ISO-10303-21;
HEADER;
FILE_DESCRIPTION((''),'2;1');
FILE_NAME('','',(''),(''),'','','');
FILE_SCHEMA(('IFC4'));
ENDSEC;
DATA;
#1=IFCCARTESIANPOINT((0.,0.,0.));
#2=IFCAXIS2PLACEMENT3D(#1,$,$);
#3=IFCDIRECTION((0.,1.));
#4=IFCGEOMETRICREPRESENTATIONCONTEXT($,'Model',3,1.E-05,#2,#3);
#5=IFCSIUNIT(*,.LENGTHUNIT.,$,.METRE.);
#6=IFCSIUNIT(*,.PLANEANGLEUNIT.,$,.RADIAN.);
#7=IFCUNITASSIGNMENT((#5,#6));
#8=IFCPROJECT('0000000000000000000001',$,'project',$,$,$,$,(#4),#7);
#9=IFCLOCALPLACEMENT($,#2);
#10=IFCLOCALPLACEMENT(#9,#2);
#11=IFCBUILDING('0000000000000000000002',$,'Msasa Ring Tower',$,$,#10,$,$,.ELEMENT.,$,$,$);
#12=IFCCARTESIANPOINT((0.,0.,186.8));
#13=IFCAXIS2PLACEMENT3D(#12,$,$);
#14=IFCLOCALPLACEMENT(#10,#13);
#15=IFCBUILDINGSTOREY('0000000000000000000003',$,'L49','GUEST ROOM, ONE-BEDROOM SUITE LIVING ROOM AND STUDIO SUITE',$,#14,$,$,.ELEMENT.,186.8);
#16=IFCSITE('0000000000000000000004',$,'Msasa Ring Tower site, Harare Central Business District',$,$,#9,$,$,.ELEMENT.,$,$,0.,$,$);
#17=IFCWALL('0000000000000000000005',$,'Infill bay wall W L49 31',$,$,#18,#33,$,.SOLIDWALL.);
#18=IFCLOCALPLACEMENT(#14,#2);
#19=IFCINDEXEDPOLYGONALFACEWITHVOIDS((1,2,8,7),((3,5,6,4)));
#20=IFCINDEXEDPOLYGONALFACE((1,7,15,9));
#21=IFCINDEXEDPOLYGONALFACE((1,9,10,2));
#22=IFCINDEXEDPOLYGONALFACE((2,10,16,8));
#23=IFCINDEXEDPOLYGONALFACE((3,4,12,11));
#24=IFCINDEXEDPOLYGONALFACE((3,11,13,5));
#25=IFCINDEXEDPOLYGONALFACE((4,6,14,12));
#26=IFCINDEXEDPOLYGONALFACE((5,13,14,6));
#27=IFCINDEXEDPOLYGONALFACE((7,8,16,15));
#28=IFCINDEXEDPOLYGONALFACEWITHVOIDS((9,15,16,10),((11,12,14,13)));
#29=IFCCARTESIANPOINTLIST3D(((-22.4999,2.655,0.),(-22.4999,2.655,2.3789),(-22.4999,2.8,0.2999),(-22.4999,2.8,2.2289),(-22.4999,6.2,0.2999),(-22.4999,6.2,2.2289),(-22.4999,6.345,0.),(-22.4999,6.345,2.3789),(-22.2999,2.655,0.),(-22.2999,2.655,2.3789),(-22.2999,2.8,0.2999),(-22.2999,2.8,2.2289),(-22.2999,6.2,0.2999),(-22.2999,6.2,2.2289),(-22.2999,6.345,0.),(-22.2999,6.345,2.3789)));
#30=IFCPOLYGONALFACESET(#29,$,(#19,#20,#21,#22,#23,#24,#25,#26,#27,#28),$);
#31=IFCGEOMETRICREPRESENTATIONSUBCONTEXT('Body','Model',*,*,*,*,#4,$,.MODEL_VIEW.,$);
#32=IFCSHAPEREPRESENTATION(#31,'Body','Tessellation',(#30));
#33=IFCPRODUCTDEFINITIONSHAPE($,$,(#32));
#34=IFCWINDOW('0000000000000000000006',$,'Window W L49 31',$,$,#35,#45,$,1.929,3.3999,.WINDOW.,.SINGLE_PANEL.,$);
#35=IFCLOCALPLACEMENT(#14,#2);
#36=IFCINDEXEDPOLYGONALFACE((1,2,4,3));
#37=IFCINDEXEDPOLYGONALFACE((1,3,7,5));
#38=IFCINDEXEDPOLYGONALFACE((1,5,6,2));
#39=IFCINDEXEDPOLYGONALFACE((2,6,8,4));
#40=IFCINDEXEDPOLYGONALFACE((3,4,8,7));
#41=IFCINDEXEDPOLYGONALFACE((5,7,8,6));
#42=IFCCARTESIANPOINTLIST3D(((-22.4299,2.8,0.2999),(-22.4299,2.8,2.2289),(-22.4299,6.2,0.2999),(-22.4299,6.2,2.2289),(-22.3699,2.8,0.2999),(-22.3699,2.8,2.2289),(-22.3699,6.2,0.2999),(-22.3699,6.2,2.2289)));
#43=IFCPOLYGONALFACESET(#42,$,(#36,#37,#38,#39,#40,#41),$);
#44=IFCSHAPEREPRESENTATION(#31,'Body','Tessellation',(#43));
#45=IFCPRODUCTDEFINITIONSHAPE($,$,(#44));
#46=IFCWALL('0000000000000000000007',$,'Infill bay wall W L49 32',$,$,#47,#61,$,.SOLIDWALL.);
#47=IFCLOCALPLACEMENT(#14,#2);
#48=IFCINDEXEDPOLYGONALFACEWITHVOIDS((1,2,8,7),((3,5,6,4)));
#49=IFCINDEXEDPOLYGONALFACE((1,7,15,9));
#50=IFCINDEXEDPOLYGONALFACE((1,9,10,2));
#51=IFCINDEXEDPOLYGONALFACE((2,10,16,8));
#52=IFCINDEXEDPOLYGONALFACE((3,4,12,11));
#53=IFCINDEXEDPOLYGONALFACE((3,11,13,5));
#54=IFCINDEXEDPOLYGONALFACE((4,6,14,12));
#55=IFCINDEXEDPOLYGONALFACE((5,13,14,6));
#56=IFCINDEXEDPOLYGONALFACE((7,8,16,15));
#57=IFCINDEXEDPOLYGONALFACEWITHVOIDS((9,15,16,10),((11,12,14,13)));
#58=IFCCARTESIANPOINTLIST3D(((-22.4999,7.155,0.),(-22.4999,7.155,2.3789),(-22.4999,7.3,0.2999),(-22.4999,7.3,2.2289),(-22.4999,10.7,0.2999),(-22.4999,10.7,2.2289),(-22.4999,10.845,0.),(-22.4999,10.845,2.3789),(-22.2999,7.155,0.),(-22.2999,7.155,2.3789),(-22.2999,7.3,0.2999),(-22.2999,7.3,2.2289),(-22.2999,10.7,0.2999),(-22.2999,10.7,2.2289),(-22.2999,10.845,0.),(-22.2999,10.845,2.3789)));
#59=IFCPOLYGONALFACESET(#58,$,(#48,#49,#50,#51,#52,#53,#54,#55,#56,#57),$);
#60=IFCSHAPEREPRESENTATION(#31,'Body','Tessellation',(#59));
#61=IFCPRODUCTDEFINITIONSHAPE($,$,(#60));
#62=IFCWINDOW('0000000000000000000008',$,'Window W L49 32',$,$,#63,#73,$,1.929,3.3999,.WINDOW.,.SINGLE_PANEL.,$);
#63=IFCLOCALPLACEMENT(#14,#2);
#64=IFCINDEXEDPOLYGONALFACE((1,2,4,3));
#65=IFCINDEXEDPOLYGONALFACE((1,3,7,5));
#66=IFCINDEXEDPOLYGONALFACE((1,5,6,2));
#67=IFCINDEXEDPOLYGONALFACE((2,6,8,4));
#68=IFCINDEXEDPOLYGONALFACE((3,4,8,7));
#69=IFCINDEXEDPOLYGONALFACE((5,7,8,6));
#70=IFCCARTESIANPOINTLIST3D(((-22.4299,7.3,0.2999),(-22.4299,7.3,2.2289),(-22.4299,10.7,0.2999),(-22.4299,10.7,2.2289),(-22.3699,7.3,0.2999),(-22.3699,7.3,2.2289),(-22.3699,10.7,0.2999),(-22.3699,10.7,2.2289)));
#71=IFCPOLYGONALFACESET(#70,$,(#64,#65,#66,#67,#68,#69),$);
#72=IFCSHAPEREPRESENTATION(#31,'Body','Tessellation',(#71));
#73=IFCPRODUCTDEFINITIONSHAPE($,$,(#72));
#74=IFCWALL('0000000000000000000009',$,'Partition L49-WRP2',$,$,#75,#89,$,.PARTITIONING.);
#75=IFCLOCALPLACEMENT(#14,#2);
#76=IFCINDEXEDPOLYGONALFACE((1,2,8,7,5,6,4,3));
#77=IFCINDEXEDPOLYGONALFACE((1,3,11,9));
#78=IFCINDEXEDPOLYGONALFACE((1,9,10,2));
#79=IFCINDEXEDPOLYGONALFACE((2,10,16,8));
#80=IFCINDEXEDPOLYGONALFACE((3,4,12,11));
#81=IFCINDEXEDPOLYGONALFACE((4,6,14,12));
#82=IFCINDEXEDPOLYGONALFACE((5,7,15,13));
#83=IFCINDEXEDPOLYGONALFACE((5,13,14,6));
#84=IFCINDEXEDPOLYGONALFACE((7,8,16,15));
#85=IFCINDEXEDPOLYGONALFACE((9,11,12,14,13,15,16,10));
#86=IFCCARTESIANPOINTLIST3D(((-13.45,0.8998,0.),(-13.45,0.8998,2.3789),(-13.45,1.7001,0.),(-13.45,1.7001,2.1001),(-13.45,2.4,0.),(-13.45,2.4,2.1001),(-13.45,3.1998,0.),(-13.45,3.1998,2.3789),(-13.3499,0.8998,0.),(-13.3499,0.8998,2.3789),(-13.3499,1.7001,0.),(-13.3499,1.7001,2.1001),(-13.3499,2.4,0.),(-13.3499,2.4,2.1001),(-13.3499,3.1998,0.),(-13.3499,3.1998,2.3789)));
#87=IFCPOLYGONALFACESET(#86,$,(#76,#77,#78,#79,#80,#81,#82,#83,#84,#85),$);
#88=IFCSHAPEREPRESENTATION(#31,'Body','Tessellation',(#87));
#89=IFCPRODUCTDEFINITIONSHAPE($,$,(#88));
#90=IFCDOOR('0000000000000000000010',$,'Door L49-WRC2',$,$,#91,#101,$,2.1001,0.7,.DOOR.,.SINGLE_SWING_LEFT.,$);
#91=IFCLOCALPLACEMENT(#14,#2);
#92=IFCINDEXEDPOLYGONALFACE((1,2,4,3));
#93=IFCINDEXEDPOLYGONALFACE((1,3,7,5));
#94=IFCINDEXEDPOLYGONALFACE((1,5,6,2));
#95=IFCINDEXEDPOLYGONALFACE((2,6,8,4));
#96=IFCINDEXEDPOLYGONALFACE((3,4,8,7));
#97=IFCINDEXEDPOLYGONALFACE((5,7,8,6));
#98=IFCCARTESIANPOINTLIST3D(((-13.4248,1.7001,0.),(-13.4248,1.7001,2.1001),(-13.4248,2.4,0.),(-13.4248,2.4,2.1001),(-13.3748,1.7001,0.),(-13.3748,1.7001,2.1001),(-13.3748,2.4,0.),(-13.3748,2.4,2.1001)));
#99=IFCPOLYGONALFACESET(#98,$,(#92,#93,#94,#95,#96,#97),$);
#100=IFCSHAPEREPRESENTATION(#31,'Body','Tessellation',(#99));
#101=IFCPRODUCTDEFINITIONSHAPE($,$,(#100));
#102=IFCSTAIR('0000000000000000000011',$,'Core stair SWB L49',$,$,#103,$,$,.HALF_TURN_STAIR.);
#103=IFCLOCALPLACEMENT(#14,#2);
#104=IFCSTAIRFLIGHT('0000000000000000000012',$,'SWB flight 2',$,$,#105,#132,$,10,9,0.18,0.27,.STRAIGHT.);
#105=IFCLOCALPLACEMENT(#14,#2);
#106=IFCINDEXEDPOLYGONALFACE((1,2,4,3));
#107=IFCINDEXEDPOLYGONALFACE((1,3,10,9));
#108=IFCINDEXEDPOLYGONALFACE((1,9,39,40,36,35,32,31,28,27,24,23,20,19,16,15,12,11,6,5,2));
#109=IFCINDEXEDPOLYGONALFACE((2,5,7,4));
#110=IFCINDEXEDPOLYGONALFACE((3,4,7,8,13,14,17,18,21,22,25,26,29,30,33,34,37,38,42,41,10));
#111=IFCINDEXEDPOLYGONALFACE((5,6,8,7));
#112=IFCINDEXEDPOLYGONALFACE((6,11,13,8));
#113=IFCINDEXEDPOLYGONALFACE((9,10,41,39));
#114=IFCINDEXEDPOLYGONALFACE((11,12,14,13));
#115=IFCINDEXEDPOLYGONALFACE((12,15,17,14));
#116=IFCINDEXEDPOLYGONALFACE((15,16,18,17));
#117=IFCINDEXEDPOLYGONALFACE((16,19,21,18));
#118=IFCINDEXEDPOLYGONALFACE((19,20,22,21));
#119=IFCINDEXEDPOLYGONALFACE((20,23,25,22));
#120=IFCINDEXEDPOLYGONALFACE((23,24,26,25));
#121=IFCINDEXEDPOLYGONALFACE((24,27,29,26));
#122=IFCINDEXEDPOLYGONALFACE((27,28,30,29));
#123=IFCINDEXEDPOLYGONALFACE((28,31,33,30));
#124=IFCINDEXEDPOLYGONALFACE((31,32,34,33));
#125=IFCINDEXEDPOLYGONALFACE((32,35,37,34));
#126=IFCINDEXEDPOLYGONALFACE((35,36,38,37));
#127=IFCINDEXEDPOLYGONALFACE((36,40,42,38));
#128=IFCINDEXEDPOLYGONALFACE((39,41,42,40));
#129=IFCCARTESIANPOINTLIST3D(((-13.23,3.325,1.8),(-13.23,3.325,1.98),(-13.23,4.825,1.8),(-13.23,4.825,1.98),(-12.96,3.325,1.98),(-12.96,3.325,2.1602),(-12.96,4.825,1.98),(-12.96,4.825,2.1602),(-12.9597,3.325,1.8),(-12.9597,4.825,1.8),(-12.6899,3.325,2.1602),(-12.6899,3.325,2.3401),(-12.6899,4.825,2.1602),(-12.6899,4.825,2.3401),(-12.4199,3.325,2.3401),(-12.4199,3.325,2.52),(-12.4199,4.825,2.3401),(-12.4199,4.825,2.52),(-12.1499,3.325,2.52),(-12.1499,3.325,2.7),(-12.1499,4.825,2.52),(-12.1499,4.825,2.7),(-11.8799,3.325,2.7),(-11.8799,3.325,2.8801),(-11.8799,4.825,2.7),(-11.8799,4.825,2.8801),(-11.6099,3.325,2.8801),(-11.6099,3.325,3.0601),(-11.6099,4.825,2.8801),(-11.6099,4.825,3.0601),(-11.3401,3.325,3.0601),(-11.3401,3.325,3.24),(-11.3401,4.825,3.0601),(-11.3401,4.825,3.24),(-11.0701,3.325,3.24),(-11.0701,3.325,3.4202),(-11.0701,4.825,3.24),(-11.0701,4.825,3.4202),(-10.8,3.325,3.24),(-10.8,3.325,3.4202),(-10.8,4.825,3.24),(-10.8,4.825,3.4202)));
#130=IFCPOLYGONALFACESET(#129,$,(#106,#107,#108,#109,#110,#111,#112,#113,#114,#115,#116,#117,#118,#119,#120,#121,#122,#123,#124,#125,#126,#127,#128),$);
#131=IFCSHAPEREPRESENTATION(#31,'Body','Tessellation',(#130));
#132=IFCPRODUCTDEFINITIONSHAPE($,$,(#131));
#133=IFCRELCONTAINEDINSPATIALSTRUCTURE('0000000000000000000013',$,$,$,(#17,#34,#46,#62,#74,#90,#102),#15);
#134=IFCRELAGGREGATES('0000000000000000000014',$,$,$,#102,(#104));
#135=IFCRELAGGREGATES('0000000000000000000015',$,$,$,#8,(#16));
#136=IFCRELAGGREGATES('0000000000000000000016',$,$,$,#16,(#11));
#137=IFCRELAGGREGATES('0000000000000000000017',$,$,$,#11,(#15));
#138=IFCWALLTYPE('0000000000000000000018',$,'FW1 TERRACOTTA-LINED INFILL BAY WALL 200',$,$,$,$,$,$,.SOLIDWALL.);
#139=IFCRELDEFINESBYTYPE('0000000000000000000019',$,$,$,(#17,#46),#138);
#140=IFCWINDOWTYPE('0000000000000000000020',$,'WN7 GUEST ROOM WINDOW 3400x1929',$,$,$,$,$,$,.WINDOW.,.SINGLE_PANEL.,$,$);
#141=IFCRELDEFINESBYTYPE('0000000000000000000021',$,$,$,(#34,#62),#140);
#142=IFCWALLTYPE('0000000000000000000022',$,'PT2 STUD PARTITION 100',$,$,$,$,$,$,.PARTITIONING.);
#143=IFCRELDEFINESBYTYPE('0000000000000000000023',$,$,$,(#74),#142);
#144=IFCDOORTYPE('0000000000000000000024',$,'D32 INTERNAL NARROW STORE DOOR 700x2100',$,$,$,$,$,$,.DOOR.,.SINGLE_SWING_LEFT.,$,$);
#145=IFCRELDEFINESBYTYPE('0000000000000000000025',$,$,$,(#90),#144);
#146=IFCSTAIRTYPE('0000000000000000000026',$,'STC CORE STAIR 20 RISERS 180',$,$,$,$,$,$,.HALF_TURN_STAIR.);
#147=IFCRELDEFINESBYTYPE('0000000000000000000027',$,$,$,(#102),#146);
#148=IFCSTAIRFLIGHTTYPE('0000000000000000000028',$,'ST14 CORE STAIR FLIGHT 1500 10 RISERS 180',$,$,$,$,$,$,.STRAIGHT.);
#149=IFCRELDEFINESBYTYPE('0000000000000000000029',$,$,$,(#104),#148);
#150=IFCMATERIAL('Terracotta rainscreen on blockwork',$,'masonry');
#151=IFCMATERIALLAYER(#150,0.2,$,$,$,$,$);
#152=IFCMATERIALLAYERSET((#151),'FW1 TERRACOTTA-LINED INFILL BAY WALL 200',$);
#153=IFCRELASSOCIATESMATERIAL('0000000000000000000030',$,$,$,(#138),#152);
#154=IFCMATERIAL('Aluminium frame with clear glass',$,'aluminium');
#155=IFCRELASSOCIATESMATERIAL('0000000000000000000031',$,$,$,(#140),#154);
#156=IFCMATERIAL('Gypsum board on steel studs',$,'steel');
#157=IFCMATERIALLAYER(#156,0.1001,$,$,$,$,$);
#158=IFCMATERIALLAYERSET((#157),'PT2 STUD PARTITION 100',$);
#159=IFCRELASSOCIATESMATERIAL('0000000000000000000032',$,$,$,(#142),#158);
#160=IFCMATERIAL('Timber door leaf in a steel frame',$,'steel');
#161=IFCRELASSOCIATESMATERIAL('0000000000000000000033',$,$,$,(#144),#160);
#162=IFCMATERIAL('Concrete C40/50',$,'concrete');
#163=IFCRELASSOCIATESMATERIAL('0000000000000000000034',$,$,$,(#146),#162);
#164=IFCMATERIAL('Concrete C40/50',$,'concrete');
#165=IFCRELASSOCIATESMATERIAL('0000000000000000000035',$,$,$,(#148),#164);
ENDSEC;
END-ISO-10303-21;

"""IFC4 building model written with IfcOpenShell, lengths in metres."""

from ifc_helpers import new_model, si_unit, direction, frame, frame_2d, origin, place, context, subcontext, project, spatial, polyline, rectangle, outline, extrude, material, layer, layer_set, type_object, element, fill, aggregate, save


model = new_model("IFC4")

# Units and contexts
model_context = context("Model", 3, precision=1e-05, world=origin(), true_north=direction((0.0, 1.0)))
body_context = subcontext(model_context, "Body", "Model", "MODEL_VIEW")
ifc_project = project(units=[si_unit("LENGTHUNIT", "METRE"), si_unit("PLANEANGLEUNIT", "RADIAN")], contexts=[model_context])

# Site, building, storey
site_placement = place(None, origin())
site = spatial("IfcSite", under=ifc_project, at=site_placement, Name="Msasa Ring Tower site, Harare Central Business District", CompositionType="ELEMENT", RefElevation=0.0)
building_placement = place(site_placement, origin())
building = spatial("IfcBuilding", under=site, at=building_placement, Name="Msasa Ring Tower", CompositionType="ELEMENT")
storey_placement = place(building_placement, frame((0.0, 0.0, 186.8)))
storey = spatial("IfcBuildingStorey", under=building, at=storey_placement, Name="L49", Description="GUEST ROOM, ONE-BEDROOM SUITE LIVING ROOM AND STUDIO SUITE", CompositionType="ELEMENT", Elevation=186.8)

# Walls, openings, windows
ifc_material_1 = material(Name="Terracotta rainscreen on blockwork", Category="masonry")
ifc_layer_1 = layer(ifc_material_1, 0.2)
ifc_layer_set_1 = layer_set([ifc_layer_1], Name="FW1 TERRACOTTA-LINED INFILL BAY WALL 200")
wall_type_1 = type_object("IfcWallType", Name="FW1 TERRACOTTA-LINED INFILL BAY WALL 200", PredefinedType="SOLIDWALL", material=ifc_layer_set_1)
wall_1_placement = place(storey_placement, frame((-22.3999, 2.655, 0.0), z_axis=(0.0, 0.0, 1.0), x_axis=(0.0, 1.0, 0.0)))
wall_1 = element("IfcWall", 1, at=wall_1_placement, inside=storey, type_object=wall_type_1, Name="Infill bay wall W L49 31", PredefinedType="SOLIDWALL", context=body_context, shape_type="SweptSolid", body=[
    extrude(rectangle(XDim=3.6899, YDim=0.2, at=frame_2d((1.845, 0.0))), origin(), (0.0, 0.0, 1.0), 2.3789),
])
opening_1_placement = place(wall_1_placement, frame((0.145, 0.0, 0.3)))
opening_1 = element("IfcOpeningElement", 2, at=opening_1_placement, cuts=wall_1, PredefinedType="OPENING", context=body_context, shape_type="SweptSolid", body=[
    extrude(rectangle(XDim=3.3999, YDim=1.929, at=frame_2d((1.7, 0.9644))), frame((0.0, 0.1099, 0.0), z_axis=(0.0, -1.0, 0.0), x_axis=(1.0, 0.0, 0.0)), (0.0, 0.0, 1.0), 0.22),
])
ifc_material_2 = material(Name="Aluminium frame with clear glass", Category="aluminium")
window_type = type_object("IfcWindowType", Name="WN7 GUEST ROOM WINDOW 3400x1929", PartitioningType="SINGLE_PANEL", PredefinedType="WINDOW", material=ifc_material_2)
window_1_placement = place(opening_1_placement, origin())
window_1 = element("IfcWindow", 3, at=window_1_placement, inside=storey, type_object=window_type, Name="Window W L49 31", OverallHeight=1.929, OverallWidth=3.3999, PartitioningType="SINGLE_PANEL", PredefinedType="WINDOW", context=body_context, shape_type="SweptSolid", body=[
    extrude(rectangle(XDim=3.3999, YDim=1.929, at=frame_2d((1.7, 0.9644))), frame((0.0, 0.03, 0.0), z_axis=(0.0, -1.0, 0.0), x_axis=(1.0, 0.0, 0.0)), (0.0, 0.0, 1.0), 0.0601),
])
fill(opening_1, window_1)
wall_2_placement = place(storey_placement, frame((-22.3999, 7.155, 0.0), z_axis=(0.0, 0.0, 1.0), x_axis=(0.0, 1.0, 0.0)))
wall_2 = element("IfcWall", 4, at=wall_2_placement, inside=storey, type_object=wall_type_1, Name="Infill bay wall W L49 32", PredefinedType="SOLIDWALL", context=body_context, shape_type="SweptSolid", body=[
    extrude(rectangle(XDim=3.6899, YDim=0.2, at=frame_2d((1.845, 0.0))), origin(), (0.0, 0.0, 1.0), 2.3789),
])
opening_2_placement = place(wall_2_placement, frame((0.145, 0.0, 0.3)))
opening_2 = element("IfcOpeningElement", 5, at=opening_2_placement, cuts=wall_2, PredefinedType="OPENING", context=body_context, shape_type="SweptSolid", body=[
    extrude(rectangle(XDim=3.3999, YDim=1.929, at=frame_2d((1.7, 0.9644))), frame((0.0, 0.1099, 0.0), z_axis=(0.0, -1.0, 0.0), x_axis=(1.0, 0.0, 0.0)), (0.0, 0.0, 1.0), 0.22),
])
window_2_placement = place(opening_2_placement, origin())
window_2 = element("IfcWindow", 6, at=window_2_placement, inside=storey, type_object=window_type, Name="Window W L49 32", OverallHeight=1.929, OverallWidth=3.3999, PartitioningType="SINGLE_PANEL", PredefinedType="WINDOW", context=body_context, shape_type="SweptSolid", body=[
    extrude(rectangle(XDim=3.3999, YDim=1.929, at=frame_2d((1.7, 0.9644))), frame((0.0, 0.03, 0.0), z_axis=(0.0, -1.0, 0.0), x_axis=(1.0, 0.0, 0.0)), (0.0, 0.0, 1.0), 0.0601),
])
fill(opening_2, window_2)

# Wall, opening, door
ifc_material_3 = material(Name="Gypsum board on steel studs", Category="steel")
ifc_layer_2 = layer(ifc_material_3, 0.1001)
ifc_layer_set_2 = layer_set([ifc_layer_2], Name="PT2 STUD PARTITION 100")
wall_type_2 = type_object("IfcWallType", Name="PT2 STUD PARTITION 100", PredefinedType="PARTITIONING", material=ifc_layer_set_2)
wall_3_placement = place(storey_placement, frame((-13.3999, 0.8999, 0.0), z_axis=(0.0, 0.0, 1.0), x_axis=(0.0, 1.0, 0.0)))
wall_3 = element("IfcWall", 7, at=wall_3_placement, inside=storey, type_object=wall_type_2, Name="Partition L49-WRP2", PredefinedType="PARTITIONING", context=body_context, shape_type="SweptSolid", body=[
    extrude(rectangle(XDim=2.3, YDim=0.1001, at=frame_2d((1.1499, 0.0))), origin(), (0.0, 0.0, 1.0), 2.3789),
])
opening_3_placement = place(wall_3_placement, frame((0.8, 0.0, 0.0)))
opening_3 = element("IfcOpeningElement", 8, at=opening_3_placement, cuts=wall_3, PredefinedType="OPENING", context=body_context, shape_type="SweptSolid", body=[
    extrude(rectangle(XDim=0.7, YDim=2.1001, at=frame_2d((0.3501, 1.05))), frame((0.0, 0.0601, 0.0), z_axis=(0.0, -1.0, 0.0), x_axis=(1.0, 0.0, 0.0)), (0.0, 0.0, 1.0), 0.1201),
])
ifc_material_4 = material(Name="Timber door leaf in a steel frame", Category="steel")
door_type = type_object("IfcDoorType", Name="D32 INTERNAL NARROW STORE DOOR 700x2100", OperationType="SINGLE_SWING_LEFT", PredefinedType="DOOR", material=ifc_material_4)
door_placement = place(opening_3_placement, origin())
door = element("IfcDoor", 9, at=door_placement, inside=storey, type_object=door_type, Name="Door L49-WRC2", OperationType="SINGLE_SWING_LEFT", OverallHeight=2.1001, OverallWidth=0.7, PredefinedType="DOOR", context=body_context, shape_type="SweptSolid", body=[
    extrude(rectangle(XDim=0.7, YDim=2.1001, at=frame_2d((0.3501, 1.05))), frame((0.0, 0.0249, 0.0), z_axis=(0.0, -1.0, 0.0), x_axis=(1.0, 0.0, 0.0)), (0.0, 0.0, 1.0), 0.05),
])
fill(opening_3, door)

# Stair, stair flight
ifc_material_5 = material(Name="Concrete C40/50", Category="concrete")
stair_type = type_object("IfcStairType", Name="STC CORE STAIR 20 RISERS 180", PredefinedType="HALF_TURN_STAIR", material=ifc_material_5)
stair_placement = place(storey_placement, origin())
stair = element("IfcStair", 10, at=stair_placement, inside=storey, type_object=stair_type, Name="Core stair SWB L49", PredefinedType="HALF_TURN_STAIR")
ifc_material_6 = material(Name="Concrete C40/50", Category="concrete")
stair_flight_type = type_object("IfcStairFlightType", Name="ST14 CORE STAIR FLIGHT 1500 10 RISERS 180", PredefinedType="STRAIGHT", material=ifc_material_6)
stair_flight_placement = place(storey_placement, frame((-13.23, 4.075, 1.8), z_axis=(0.0, 0.0, 1.0), x_axis=(1.0, 0.0, 0.0)))
stair_flight = element("IfcStairFlight", 11, at=stair_flight_placement, type_object=stair_flight_type, Name="SWB flight 2", NumberOfRisers=10, NumberOfTreads=9, PredefinedType="STRAIGHT", RiserHeight=0.18, TreadLength=0.27, context=body_context, shape_type="SweptSolid", body=[
    extrude(outline(polyline([(0.0, 0.0), (0.0, 0.1799), (0.27, 0.1799), (0.27, 0.3601), (0.54, 0.3601), (0.54, 0.54), (0.8101, 0.54), (0.8101, 0.72), (1.0801, 0.72), (1.0801, 0.8999), (1.3501, 0.8999), (1.3501, 1.0801), (1.6201, 1.0801), (1.6201, 1.26), (1.8899, 1.26), (1.8899, 1.4399), (2.1599, 1.4399), (2.1599, 1.6201), (2.4299, 1.6201), (2.4299, 1.8), (2.4299, 1.4399), (0.2703, 0.0), (0.0, 0.0)])), frame((0.0, 0.75, 0.0), z_axis=(0.0, -1.0, 0.0), x_axis=(1.0, 0.0, 0.0)), (0.0, 0.0, 1.0), 1.5),
])
aggregate(stair, [stair_flight])

save(model, "model.ifc")
